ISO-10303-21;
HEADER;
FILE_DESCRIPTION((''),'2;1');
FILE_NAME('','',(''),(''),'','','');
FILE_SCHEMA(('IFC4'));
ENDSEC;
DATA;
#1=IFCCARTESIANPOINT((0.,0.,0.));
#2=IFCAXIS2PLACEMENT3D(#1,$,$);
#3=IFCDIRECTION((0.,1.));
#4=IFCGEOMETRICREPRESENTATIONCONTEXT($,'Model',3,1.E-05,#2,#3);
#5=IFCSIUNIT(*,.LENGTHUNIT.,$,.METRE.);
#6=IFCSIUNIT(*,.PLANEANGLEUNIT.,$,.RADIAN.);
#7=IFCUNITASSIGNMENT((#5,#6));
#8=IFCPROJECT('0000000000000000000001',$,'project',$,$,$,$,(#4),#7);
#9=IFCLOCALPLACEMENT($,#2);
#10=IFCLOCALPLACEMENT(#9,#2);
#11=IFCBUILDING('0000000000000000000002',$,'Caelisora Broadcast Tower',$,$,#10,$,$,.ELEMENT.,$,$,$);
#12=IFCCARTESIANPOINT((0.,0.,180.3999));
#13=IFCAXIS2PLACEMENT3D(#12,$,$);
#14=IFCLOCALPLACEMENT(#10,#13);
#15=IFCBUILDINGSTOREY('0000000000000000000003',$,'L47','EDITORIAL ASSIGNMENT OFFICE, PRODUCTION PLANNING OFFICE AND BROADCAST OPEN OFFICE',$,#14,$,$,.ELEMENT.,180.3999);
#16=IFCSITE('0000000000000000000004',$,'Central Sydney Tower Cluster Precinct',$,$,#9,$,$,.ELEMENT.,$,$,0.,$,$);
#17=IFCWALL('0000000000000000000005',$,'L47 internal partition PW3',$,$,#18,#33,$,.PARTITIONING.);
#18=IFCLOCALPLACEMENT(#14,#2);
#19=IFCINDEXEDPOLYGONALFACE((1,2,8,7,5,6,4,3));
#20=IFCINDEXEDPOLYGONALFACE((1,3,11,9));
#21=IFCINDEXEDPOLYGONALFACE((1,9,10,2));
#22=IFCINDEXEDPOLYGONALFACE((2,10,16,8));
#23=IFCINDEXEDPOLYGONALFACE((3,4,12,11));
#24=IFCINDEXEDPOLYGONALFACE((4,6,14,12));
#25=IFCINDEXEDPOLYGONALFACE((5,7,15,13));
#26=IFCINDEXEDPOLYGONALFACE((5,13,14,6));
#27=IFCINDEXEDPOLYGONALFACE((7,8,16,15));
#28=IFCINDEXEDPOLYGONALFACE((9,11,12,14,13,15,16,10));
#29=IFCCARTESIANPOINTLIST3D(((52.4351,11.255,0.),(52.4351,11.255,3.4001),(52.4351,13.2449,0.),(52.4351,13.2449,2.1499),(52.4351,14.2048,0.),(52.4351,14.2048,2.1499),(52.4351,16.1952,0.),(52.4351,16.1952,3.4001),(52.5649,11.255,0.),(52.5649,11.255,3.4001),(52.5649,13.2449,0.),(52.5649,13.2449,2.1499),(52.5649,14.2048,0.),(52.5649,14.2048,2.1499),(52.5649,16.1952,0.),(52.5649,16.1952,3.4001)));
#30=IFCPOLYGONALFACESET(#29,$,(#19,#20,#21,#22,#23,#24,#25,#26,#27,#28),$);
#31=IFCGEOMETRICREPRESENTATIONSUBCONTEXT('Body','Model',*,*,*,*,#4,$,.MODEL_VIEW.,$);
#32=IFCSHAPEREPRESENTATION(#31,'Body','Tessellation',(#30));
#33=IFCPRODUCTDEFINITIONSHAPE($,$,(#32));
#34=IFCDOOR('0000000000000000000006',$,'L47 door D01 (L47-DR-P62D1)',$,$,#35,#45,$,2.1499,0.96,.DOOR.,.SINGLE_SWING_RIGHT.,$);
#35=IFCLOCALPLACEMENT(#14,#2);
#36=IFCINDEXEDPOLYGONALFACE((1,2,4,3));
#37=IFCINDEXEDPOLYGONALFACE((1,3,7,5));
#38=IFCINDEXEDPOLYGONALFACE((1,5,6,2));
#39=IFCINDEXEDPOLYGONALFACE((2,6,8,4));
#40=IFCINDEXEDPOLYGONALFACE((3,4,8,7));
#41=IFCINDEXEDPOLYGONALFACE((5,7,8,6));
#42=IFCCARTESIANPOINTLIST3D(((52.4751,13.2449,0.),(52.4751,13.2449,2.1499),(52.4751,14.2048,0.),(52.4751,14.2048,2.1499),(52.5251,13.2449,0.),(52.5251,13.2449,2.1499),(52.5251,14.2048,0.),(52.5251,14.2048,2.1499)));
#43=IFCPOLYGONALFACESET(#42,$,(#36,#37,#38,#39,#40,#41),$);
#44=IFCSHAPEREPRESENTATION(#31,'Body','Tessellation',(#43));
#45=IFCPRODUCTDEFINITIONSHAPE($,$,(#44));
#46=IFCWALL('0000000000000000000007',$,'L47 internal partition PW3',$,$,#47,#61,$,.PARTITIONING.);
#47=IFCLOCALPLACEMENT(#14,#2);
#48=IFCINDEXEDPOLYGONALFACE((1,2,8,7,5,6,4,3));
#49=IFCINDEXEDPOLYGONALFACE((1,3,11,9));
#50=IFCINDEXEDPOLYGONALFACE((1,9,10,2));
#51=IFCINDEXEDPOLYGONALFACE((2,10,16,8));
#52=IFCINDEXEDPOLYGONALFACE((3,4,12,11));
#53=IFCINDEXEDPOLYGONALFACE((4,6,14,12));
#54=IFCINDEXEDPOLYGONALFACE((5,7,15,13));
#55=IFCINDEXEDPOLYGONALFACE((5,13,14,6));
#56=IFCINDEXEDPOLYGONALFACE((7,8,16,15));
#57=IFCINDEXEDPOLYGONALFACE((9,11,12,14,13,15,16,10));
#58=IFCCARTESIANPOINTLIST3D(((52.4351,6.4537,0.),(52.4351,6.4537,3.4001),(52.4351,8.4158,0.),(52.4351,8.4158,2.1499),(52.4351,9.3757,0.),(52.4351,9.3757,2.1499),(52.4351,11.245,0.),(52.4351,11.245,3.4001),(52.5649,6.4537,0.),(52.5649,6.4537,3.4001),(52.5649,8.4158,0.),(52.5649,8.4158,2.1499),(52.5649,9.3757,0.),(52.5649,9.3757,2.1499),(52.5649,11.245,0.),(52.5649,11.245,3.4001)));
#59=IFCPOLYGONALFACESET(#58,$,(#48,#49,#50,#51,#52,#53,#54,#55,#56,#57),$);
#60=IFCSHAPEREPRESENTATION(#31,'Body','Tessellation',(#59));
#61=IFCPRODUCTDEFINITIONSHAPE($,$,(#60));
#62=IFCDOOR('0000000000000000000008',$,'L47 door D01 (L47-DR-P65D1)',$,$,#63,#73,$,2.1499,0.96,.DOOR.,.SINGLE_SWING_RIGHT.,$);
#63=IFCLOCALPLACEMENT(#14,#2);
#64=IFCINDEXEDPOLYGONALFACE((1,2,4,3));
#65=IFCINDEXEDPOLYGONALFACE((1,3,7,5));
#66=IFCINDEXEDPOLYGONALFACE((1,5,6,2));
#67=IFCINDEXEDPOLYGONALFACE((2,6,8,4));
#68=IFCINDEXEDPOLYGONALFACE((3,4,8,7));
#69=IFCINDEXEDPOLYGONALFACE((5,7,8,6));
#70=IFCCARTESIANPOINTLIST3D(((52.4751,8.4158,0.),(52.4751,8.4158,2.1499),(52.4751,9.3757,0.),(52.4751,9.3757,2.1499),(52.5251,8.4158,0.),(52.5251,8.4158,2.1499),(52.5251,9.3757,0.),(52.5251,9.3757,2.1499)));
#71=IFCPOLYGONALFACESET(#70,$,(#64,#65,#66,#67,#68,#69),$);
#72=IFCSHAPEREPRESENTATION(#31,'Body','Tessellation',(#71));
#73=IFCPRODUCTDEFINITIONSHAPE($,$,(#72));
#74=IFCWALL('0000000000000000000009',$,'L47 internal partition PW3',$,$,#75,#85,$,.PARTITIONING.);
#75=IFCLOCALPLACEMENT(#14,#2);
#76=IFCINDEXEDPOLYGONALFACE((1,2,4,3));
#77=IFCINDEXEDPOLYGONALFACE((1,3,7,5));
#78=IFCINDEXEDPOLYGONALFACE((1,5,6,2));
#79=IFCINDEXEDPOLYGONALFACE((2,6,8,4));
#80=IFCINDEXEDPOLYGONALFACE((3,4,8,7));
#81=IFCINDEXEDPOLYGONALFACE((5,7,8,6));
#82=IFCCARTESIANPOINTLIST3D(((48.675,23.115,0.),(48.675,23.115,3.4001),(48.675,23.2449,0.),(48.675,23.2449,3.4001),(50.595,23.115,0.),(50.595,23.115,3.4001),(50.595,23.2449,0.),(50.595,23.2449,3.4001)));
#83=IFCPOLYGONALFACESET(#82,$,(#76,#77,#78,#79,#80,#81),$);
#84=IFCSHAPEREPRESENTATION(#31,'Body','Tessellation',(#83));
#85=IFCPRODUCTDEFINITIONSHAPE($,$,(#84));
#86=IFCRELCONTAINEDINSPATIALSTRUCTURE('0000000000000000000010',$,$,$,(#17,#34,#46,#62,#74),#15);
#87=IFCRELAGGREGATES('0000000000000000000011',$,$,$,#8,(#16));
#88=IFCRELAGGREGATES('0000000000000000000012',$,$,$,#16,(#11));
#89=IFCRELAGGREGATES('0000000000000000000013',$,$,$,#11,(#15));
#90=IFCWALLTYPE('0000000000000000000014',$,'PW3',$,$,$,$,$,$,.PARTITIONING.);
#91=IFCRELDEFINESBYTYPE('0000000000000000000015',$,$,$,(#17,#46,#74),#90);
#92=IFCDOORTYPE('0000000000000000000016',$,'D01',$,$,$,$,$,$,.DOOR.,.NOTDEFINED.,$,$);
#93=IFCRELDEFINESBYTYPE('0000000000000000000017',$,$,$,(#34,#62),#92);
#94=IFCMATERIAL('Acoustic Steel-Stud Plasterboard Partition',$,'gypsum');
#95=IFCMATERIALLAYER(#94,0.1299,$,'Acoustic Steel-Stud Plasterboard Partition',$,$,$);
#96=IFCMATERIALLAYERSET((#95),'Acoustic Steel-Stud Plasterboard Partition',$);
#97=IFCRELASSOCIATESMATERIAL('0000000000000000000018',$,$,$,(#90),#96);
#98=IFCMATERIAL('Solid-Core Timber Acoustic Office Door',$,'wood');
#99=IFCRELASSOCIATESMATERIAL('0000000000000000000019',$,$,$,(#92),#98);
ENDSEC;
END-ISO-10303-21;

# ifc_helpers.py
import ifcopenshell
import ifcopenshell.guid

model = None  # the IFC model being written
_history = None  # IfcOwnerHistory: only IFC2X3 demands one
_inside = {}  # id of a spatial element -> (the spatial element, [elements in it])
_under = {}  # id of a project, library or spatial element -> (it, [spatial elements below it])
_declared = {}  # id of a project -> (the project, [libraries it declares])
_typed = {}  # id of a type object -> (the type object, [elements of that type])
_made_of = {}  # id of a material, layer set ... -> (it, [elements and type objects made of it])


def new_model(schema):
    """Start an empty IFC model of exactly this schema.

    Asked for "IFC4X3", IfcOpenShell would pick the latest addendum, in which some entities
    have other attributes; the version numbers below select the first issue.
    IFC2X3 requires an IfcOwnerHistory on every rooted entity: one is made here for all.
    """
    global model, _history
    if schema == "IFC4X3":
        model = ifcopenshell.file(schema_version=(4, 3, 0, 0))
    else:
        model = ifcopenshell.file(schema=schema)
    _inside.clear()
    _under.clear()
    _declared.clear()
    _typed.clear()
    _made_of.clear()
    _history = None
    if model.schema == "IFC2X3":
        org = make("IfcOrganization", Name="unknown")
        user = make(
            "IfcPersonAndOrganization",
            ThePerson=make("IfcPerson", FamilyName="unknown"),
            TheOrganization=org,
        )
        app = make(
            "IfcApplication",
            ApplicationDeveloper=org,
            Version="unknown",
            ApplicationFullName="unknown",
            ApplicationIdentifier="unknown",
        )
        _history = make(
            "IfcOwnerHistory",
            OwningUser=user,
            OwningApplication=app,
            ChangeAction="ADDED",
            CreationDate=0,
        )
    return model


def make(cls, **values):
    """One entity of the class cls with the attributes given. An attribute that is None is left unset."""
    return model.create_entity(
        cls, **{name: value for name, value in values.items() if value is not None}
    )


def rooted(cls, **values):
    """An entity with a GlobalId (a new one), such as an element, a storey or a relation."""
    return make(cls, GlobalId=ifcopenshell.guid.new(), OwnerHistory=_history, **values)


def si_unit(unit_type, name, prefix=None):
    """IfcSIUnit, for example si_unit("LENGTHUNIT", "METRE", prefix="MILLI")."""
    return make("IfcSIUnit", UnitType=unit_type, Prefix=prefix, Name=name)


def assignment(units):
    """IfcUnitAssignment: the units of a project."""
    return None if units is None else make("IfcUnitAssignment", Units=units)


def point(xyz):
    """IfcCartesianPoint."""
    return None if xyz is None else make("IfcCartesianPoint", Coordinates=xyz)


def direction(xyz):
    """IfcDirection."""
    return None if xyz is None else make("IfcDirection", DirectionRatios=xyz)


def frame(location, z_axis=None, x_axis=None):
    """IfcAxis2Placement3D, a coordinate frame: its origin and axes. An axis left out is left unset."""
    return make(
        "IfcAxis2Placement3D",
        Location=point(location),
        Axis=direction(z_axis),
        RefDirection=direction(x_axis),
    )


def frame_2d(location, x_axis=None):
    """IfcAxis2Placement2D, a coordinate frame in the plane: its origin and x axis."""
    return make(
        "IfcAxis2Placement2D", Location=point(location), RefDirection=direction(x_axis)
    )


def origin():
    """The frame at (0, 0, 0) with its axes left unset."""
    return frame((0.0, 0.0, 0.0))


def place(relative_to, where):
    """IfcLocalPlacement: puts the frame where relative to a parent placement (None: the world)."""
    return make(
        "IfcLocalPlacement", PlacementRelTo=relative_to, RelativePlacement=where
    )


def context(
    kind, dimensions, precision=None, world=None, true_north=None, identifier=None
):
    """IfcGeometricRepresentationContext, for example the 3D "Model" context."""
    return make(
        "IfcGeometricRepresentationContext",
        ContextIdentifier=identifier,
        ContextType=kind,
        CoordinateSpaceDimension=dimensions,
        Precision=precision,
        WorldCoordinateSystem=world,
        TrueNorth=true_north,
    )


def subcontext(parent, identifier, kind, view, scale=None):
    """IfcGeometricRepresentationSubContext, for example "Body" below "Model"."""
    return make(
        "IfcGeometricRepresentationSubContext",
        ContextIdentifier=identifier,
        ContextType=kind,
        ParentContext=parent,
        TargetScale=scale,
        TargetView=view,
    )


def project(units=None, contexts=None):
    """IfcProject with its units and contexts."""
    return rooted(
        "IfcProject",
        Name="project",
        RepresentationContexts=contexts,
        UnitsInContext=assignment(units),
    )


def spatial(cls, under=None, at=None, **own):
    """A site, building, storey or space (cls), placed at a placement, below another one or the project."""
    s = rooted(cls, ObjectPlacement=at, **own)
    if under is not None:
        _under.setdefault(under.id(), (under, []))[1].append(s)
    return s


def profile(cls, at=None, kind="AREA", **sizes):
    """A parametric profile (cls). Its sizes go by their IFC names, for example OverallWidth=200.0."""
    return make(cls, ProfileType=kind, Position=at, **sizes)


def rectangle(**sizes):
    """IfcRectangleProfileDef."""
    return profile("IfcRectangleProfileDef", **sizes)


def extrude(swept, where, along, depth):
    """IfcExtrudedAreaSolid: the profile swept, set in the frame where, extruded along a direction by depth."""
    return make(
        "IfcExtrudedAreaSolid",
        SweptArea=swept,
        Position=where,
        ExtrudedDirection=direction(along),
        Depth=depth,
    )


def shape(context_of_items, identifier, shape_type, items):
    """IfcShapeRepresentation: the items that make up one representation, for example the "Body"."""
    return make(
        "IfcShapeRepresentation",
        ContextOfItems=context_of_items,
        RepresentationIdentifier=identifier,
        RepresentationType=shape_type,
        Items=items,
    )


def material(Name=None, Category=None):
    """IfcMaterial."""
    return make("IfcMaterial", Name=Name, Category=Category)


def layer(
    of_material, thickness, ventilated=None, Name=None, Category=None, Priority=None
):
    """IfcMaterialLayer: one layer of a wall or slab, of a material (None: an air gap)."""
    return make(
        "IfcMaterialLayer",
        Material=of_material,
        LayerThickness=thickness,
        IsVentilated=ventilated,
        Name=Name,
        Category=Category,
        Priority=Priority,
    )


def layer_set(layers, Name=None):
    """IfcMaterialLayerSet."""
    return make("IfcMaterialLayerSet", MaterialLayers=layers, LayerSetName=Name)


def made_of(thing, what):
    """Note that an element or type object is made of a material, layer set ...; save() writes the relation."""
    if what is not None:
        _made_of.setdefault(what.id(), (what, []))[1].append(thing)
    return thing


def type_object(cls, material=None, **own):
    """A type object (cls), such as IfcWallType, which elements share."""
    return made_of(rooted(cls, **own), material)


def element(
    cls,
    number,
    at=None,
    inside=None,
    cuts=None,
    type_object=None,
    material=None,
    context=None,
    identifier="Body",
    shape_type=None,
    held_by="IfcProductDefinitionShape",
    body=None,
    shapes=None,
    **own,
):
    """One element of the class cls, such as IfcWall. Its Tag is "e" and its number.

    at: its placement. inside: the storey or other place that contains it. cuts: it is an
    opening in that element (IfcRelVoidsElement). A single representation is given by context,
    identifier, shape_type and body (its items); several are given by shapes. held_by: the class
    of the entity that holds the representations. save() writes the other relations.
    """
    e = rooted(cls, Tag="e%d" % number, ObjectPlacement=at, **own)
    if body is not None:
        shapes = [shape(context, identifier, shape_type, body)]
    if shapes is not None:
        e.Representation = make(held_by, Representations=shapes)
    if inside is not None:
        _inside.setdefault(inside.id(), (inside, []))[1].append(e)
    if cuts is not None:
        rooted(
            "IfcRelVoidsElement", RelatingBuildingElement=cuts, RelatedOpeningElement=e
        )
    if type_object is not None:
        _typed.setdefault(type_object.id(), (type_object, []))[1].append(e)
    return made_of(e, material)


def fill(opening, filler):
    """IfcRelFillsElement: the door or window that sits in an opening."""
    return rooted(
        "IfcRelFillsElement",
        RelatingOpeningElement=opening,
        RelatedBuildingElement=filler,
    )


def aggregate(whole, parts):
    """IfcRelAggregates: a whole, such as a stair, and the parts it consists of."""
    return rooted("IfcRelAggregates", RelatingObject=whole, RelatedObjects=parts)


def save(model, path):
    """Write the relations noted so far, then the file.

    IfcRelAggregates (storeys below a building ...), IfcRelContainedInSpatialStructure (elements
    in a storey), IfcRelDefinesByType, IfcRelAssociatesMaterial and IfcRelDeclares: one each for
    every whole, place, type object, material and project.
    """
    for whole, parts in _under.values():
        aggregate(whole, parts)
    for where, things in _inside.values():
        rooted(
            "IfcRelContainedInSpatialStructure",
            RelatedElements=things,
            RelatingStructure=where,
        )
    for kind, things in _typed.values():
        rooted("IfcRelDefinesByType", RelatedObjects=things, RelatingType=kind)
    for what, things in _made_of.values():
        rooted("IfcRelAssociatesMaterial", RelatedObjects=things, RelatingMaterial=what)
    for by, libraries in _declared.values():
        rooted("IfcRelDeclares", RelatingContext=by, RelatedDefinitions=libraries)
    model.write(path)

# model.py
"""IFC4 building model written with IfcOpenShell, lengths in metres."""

from ifc_helpers import new_model, si_unit, direction, frame, frame_2d, origin, place, context, subcontext, project, spatial, rectangle, extrude, material, layer, layer_set, type_object, element, fill, save


model = new_model("IFC4")

# Units and contexts
model_context = context("Model", 3, precision=1e-05, world=origin(), true_north=direction((0.0, 1.0)))
body_context = subcontext(model_context, "Body", "Model", "MODEL_VIEW")
ifc_project = project(units=[si_unit("LENGTHUNIT", "METRE"), si_unit("PLANEANGLEUNIT", "RADIAN")], contexts=[model_context])

# Site, building, storey
site_placement = place(None, origin())
site = spatial("IfcSite", under=ifc_project, at=site_placement, Name="Central Sydney Tower Cluster Precinct", CompositionType="ELEMENT", RefElevation=0.0)
building_placement = place(site_placement, origin())
building = spatial("IfcBuilding", under=site, at=building_placement, Name="Caelisora Broadcast Tower", CompositionType="ELEMENT")
storey_placement = place(building_placement, frame((0.0, 0.0, 180.3999)))
storey = spatial("IfcBuildingStorey", under=building, at=storey_placement, Name="L47", Description="EDITORIAL ASSIGNMENT OFFICE, PRODUCTION PLANNING OFFICE AND BROADCAST OPEN OFFICE", CompositionType="ELEMENT", Elevation=180.3999)

# Shared definitions
ifc_material_1 = material(Name="Acoustic Steel-Stud Plasterboard Partition", Category="gypsum")
ifc_layer_1 = layer(ifc_material_1, 0.1299, Name="Acoustic Steel-Stud Plasterboard Partition")
ifc_layer_set_1 = layer_set([ifc_layer_1], Name="Acoustic Steel-Stud Plasterboard Partition")
wall_type_1 = type_object("IfcWallType", Name="PW3", PredefinedType="PARTITIONING", material=ifc_layer_set_1)

# Walls, openings, doors
ifc_material_2 = material(Name="Solid-Core Timber Acoustic Office Door", Category="wood")
door_type_1 = type_object("IfcDoorType", Name="D01", OperationType="NOTDEFINED", PredefinedType="DOOR", material=ifc_material_2)
wall_1_placement = place(storey_placement, frame((52.5, 11.2549, 0.0), z_axis=(0.0, 0.0, 1.0), x_axis=(0.0, 1.0, 0.0)))
wall_1 = element("IfcWall", 1, at=wall_1_placement, inside=storey, type_object=wall_type_1, Name="L47 internal partition PW3", PredefinedType="PARTITIONING", context=body_context, shape_type="SweptSolid", body=[
    extrude(rectangle(XDim=4.9402, YDim=0.1299, at=frame_2d((2.4702, 0.0))), origin(), (0.0, 0.0, 1.0), 3.4001),
])
opening_1_placement = place(wall_1_placement, frame((1.99, 0.0, 0.0)))
opening_1 = element("IfcOpeningElement", 2, at=opening_1_placement, cuts=wall_1, PredefinedType="OPENING", context=body_context, shape_type="SweptSolid", body=[
    extrude(rectangle(XDim=0.96, YDim=2.1499, at=frame_2d((0.48, 1.075))), frame((0.0, 0.0769, 0.0), z_axis=(0.0, -1.0, 0.0), x_axis=(1.0, 0.0, 0.0)), (0.0, 0.0, 1.0), 0.1538),
])
door_1_placement = place(opening_1_placement, origin())
door_1 = element("IfcDoor", 3, at=door_1_placement, inside=storey, type_object=door_type_1, Name="L47 door D01 (L47-DR-P62D1)", OperationType="SINGLE_SWING_RIGHT", OverallHeight=2.1499, OverallWidth=0.96, PredefinedType="DOOR", context=body_context, shape_type="SweptSolid", body=[
    extrude(rectangle(XDim=0.96, YDim=2.1499, at=frame_2d((0.48, 1.075))), frame((0.0, 0.0249, 0.0), z_axis=(0.0, -1.0, 0.0), x_axis=(1.0, 0.0, 0.0)), (0.0, 0.0, 1.0), 0.05),
])
fill(opening_1, door_1)
wall_2_placement = place(storey_placement, frame((52.5, 6.4539, 0.0), z_axis=(0.0, 0.0, 1.0), x_axis=(0.0, 1.0, 0.0)))
wall_2 = element("IfcWall", 4, at=wall_2_placement, inside=storey, type_object=wall_type_1, Name="L47 internal partition PW3", PredefinedType="PARTITIONING", context=body_context, shape_type="SweptSolid", body=[
    extrude(rectangle(XDim=4.7913, YDim=0.1299, at=frame_2d((2.3955, 0.0))), origin(), (0.0, 0.0, 1.0), 3.4001),
])
opening_2_placement = place(wall_2_placement, frame((1.9619, 0.0, 0.0)))
opening_2 = element("IfcOpeningElement", 5, at=opening_2_placement, cuts=wall_2, PredefinedType="OPENING", context=body_context, shape_type="SweptSolid", body=[
    extrude(rectangle(XDim=0.96, YDim=2.1499, at=frame_2d((0.48, 1.075))), frame((0.0, 0.0769, 0.0), z_axis=(0.0, -1.0, 0.0), x_axis=(1.0, 0.0, 0.0)), (0.0, 0.0, 1.0), 0.1538),
])
door_2_placement = place(opening_2_placement, origin())
door_2 = element("IfcDoor", 6, at=door_2_placement, inside=storey, type_object=door_type_1, Name="L47 door D01 (L47-DR-P65D1)", OperationType="SINGLE_SWING_RIGHT", OverallHeight=2.1499, OverallWidth=0.96, PredefinedType="DOOR", context=body_context, shape_type="SweptSolid", body=[
    extrude(rectangle(XDim=0.96, YDim=2.1499, at=frame_2d((0.48, 1.075))), frame((0.0, 0.0249, 0.0), z_axis=(0.0, -1.0, 0.0), x_axis=(1.0, 0.0, 0.0)), (0.0, 0.0, 1.0), 0.05),
])
fill(opening_2, door_2)

# Wall
wall_3_placement = place(storey_placement, frame((48.675, 23.1799, 0.0), z_axis=(0.0, 0.0, 1.0), x_axis=(1.0, 0.0, 0.0)))
element("IfcWall", 7, at=wall_3_placement, inside=storey, type_object=wall_type_1, Name="L47 internal partition PW3", PredefinedType="PARTITIONING", context=body_context, shape_type="SweptSolid", body=[
    extrude(rectangle(XDim=1.9199, YDim=0.1299, at=frame_2d((0.96, 0.0))), origin(), (0.0, 0.0, 1.0), 3.4001),
])

save(model, "model.ifc")
